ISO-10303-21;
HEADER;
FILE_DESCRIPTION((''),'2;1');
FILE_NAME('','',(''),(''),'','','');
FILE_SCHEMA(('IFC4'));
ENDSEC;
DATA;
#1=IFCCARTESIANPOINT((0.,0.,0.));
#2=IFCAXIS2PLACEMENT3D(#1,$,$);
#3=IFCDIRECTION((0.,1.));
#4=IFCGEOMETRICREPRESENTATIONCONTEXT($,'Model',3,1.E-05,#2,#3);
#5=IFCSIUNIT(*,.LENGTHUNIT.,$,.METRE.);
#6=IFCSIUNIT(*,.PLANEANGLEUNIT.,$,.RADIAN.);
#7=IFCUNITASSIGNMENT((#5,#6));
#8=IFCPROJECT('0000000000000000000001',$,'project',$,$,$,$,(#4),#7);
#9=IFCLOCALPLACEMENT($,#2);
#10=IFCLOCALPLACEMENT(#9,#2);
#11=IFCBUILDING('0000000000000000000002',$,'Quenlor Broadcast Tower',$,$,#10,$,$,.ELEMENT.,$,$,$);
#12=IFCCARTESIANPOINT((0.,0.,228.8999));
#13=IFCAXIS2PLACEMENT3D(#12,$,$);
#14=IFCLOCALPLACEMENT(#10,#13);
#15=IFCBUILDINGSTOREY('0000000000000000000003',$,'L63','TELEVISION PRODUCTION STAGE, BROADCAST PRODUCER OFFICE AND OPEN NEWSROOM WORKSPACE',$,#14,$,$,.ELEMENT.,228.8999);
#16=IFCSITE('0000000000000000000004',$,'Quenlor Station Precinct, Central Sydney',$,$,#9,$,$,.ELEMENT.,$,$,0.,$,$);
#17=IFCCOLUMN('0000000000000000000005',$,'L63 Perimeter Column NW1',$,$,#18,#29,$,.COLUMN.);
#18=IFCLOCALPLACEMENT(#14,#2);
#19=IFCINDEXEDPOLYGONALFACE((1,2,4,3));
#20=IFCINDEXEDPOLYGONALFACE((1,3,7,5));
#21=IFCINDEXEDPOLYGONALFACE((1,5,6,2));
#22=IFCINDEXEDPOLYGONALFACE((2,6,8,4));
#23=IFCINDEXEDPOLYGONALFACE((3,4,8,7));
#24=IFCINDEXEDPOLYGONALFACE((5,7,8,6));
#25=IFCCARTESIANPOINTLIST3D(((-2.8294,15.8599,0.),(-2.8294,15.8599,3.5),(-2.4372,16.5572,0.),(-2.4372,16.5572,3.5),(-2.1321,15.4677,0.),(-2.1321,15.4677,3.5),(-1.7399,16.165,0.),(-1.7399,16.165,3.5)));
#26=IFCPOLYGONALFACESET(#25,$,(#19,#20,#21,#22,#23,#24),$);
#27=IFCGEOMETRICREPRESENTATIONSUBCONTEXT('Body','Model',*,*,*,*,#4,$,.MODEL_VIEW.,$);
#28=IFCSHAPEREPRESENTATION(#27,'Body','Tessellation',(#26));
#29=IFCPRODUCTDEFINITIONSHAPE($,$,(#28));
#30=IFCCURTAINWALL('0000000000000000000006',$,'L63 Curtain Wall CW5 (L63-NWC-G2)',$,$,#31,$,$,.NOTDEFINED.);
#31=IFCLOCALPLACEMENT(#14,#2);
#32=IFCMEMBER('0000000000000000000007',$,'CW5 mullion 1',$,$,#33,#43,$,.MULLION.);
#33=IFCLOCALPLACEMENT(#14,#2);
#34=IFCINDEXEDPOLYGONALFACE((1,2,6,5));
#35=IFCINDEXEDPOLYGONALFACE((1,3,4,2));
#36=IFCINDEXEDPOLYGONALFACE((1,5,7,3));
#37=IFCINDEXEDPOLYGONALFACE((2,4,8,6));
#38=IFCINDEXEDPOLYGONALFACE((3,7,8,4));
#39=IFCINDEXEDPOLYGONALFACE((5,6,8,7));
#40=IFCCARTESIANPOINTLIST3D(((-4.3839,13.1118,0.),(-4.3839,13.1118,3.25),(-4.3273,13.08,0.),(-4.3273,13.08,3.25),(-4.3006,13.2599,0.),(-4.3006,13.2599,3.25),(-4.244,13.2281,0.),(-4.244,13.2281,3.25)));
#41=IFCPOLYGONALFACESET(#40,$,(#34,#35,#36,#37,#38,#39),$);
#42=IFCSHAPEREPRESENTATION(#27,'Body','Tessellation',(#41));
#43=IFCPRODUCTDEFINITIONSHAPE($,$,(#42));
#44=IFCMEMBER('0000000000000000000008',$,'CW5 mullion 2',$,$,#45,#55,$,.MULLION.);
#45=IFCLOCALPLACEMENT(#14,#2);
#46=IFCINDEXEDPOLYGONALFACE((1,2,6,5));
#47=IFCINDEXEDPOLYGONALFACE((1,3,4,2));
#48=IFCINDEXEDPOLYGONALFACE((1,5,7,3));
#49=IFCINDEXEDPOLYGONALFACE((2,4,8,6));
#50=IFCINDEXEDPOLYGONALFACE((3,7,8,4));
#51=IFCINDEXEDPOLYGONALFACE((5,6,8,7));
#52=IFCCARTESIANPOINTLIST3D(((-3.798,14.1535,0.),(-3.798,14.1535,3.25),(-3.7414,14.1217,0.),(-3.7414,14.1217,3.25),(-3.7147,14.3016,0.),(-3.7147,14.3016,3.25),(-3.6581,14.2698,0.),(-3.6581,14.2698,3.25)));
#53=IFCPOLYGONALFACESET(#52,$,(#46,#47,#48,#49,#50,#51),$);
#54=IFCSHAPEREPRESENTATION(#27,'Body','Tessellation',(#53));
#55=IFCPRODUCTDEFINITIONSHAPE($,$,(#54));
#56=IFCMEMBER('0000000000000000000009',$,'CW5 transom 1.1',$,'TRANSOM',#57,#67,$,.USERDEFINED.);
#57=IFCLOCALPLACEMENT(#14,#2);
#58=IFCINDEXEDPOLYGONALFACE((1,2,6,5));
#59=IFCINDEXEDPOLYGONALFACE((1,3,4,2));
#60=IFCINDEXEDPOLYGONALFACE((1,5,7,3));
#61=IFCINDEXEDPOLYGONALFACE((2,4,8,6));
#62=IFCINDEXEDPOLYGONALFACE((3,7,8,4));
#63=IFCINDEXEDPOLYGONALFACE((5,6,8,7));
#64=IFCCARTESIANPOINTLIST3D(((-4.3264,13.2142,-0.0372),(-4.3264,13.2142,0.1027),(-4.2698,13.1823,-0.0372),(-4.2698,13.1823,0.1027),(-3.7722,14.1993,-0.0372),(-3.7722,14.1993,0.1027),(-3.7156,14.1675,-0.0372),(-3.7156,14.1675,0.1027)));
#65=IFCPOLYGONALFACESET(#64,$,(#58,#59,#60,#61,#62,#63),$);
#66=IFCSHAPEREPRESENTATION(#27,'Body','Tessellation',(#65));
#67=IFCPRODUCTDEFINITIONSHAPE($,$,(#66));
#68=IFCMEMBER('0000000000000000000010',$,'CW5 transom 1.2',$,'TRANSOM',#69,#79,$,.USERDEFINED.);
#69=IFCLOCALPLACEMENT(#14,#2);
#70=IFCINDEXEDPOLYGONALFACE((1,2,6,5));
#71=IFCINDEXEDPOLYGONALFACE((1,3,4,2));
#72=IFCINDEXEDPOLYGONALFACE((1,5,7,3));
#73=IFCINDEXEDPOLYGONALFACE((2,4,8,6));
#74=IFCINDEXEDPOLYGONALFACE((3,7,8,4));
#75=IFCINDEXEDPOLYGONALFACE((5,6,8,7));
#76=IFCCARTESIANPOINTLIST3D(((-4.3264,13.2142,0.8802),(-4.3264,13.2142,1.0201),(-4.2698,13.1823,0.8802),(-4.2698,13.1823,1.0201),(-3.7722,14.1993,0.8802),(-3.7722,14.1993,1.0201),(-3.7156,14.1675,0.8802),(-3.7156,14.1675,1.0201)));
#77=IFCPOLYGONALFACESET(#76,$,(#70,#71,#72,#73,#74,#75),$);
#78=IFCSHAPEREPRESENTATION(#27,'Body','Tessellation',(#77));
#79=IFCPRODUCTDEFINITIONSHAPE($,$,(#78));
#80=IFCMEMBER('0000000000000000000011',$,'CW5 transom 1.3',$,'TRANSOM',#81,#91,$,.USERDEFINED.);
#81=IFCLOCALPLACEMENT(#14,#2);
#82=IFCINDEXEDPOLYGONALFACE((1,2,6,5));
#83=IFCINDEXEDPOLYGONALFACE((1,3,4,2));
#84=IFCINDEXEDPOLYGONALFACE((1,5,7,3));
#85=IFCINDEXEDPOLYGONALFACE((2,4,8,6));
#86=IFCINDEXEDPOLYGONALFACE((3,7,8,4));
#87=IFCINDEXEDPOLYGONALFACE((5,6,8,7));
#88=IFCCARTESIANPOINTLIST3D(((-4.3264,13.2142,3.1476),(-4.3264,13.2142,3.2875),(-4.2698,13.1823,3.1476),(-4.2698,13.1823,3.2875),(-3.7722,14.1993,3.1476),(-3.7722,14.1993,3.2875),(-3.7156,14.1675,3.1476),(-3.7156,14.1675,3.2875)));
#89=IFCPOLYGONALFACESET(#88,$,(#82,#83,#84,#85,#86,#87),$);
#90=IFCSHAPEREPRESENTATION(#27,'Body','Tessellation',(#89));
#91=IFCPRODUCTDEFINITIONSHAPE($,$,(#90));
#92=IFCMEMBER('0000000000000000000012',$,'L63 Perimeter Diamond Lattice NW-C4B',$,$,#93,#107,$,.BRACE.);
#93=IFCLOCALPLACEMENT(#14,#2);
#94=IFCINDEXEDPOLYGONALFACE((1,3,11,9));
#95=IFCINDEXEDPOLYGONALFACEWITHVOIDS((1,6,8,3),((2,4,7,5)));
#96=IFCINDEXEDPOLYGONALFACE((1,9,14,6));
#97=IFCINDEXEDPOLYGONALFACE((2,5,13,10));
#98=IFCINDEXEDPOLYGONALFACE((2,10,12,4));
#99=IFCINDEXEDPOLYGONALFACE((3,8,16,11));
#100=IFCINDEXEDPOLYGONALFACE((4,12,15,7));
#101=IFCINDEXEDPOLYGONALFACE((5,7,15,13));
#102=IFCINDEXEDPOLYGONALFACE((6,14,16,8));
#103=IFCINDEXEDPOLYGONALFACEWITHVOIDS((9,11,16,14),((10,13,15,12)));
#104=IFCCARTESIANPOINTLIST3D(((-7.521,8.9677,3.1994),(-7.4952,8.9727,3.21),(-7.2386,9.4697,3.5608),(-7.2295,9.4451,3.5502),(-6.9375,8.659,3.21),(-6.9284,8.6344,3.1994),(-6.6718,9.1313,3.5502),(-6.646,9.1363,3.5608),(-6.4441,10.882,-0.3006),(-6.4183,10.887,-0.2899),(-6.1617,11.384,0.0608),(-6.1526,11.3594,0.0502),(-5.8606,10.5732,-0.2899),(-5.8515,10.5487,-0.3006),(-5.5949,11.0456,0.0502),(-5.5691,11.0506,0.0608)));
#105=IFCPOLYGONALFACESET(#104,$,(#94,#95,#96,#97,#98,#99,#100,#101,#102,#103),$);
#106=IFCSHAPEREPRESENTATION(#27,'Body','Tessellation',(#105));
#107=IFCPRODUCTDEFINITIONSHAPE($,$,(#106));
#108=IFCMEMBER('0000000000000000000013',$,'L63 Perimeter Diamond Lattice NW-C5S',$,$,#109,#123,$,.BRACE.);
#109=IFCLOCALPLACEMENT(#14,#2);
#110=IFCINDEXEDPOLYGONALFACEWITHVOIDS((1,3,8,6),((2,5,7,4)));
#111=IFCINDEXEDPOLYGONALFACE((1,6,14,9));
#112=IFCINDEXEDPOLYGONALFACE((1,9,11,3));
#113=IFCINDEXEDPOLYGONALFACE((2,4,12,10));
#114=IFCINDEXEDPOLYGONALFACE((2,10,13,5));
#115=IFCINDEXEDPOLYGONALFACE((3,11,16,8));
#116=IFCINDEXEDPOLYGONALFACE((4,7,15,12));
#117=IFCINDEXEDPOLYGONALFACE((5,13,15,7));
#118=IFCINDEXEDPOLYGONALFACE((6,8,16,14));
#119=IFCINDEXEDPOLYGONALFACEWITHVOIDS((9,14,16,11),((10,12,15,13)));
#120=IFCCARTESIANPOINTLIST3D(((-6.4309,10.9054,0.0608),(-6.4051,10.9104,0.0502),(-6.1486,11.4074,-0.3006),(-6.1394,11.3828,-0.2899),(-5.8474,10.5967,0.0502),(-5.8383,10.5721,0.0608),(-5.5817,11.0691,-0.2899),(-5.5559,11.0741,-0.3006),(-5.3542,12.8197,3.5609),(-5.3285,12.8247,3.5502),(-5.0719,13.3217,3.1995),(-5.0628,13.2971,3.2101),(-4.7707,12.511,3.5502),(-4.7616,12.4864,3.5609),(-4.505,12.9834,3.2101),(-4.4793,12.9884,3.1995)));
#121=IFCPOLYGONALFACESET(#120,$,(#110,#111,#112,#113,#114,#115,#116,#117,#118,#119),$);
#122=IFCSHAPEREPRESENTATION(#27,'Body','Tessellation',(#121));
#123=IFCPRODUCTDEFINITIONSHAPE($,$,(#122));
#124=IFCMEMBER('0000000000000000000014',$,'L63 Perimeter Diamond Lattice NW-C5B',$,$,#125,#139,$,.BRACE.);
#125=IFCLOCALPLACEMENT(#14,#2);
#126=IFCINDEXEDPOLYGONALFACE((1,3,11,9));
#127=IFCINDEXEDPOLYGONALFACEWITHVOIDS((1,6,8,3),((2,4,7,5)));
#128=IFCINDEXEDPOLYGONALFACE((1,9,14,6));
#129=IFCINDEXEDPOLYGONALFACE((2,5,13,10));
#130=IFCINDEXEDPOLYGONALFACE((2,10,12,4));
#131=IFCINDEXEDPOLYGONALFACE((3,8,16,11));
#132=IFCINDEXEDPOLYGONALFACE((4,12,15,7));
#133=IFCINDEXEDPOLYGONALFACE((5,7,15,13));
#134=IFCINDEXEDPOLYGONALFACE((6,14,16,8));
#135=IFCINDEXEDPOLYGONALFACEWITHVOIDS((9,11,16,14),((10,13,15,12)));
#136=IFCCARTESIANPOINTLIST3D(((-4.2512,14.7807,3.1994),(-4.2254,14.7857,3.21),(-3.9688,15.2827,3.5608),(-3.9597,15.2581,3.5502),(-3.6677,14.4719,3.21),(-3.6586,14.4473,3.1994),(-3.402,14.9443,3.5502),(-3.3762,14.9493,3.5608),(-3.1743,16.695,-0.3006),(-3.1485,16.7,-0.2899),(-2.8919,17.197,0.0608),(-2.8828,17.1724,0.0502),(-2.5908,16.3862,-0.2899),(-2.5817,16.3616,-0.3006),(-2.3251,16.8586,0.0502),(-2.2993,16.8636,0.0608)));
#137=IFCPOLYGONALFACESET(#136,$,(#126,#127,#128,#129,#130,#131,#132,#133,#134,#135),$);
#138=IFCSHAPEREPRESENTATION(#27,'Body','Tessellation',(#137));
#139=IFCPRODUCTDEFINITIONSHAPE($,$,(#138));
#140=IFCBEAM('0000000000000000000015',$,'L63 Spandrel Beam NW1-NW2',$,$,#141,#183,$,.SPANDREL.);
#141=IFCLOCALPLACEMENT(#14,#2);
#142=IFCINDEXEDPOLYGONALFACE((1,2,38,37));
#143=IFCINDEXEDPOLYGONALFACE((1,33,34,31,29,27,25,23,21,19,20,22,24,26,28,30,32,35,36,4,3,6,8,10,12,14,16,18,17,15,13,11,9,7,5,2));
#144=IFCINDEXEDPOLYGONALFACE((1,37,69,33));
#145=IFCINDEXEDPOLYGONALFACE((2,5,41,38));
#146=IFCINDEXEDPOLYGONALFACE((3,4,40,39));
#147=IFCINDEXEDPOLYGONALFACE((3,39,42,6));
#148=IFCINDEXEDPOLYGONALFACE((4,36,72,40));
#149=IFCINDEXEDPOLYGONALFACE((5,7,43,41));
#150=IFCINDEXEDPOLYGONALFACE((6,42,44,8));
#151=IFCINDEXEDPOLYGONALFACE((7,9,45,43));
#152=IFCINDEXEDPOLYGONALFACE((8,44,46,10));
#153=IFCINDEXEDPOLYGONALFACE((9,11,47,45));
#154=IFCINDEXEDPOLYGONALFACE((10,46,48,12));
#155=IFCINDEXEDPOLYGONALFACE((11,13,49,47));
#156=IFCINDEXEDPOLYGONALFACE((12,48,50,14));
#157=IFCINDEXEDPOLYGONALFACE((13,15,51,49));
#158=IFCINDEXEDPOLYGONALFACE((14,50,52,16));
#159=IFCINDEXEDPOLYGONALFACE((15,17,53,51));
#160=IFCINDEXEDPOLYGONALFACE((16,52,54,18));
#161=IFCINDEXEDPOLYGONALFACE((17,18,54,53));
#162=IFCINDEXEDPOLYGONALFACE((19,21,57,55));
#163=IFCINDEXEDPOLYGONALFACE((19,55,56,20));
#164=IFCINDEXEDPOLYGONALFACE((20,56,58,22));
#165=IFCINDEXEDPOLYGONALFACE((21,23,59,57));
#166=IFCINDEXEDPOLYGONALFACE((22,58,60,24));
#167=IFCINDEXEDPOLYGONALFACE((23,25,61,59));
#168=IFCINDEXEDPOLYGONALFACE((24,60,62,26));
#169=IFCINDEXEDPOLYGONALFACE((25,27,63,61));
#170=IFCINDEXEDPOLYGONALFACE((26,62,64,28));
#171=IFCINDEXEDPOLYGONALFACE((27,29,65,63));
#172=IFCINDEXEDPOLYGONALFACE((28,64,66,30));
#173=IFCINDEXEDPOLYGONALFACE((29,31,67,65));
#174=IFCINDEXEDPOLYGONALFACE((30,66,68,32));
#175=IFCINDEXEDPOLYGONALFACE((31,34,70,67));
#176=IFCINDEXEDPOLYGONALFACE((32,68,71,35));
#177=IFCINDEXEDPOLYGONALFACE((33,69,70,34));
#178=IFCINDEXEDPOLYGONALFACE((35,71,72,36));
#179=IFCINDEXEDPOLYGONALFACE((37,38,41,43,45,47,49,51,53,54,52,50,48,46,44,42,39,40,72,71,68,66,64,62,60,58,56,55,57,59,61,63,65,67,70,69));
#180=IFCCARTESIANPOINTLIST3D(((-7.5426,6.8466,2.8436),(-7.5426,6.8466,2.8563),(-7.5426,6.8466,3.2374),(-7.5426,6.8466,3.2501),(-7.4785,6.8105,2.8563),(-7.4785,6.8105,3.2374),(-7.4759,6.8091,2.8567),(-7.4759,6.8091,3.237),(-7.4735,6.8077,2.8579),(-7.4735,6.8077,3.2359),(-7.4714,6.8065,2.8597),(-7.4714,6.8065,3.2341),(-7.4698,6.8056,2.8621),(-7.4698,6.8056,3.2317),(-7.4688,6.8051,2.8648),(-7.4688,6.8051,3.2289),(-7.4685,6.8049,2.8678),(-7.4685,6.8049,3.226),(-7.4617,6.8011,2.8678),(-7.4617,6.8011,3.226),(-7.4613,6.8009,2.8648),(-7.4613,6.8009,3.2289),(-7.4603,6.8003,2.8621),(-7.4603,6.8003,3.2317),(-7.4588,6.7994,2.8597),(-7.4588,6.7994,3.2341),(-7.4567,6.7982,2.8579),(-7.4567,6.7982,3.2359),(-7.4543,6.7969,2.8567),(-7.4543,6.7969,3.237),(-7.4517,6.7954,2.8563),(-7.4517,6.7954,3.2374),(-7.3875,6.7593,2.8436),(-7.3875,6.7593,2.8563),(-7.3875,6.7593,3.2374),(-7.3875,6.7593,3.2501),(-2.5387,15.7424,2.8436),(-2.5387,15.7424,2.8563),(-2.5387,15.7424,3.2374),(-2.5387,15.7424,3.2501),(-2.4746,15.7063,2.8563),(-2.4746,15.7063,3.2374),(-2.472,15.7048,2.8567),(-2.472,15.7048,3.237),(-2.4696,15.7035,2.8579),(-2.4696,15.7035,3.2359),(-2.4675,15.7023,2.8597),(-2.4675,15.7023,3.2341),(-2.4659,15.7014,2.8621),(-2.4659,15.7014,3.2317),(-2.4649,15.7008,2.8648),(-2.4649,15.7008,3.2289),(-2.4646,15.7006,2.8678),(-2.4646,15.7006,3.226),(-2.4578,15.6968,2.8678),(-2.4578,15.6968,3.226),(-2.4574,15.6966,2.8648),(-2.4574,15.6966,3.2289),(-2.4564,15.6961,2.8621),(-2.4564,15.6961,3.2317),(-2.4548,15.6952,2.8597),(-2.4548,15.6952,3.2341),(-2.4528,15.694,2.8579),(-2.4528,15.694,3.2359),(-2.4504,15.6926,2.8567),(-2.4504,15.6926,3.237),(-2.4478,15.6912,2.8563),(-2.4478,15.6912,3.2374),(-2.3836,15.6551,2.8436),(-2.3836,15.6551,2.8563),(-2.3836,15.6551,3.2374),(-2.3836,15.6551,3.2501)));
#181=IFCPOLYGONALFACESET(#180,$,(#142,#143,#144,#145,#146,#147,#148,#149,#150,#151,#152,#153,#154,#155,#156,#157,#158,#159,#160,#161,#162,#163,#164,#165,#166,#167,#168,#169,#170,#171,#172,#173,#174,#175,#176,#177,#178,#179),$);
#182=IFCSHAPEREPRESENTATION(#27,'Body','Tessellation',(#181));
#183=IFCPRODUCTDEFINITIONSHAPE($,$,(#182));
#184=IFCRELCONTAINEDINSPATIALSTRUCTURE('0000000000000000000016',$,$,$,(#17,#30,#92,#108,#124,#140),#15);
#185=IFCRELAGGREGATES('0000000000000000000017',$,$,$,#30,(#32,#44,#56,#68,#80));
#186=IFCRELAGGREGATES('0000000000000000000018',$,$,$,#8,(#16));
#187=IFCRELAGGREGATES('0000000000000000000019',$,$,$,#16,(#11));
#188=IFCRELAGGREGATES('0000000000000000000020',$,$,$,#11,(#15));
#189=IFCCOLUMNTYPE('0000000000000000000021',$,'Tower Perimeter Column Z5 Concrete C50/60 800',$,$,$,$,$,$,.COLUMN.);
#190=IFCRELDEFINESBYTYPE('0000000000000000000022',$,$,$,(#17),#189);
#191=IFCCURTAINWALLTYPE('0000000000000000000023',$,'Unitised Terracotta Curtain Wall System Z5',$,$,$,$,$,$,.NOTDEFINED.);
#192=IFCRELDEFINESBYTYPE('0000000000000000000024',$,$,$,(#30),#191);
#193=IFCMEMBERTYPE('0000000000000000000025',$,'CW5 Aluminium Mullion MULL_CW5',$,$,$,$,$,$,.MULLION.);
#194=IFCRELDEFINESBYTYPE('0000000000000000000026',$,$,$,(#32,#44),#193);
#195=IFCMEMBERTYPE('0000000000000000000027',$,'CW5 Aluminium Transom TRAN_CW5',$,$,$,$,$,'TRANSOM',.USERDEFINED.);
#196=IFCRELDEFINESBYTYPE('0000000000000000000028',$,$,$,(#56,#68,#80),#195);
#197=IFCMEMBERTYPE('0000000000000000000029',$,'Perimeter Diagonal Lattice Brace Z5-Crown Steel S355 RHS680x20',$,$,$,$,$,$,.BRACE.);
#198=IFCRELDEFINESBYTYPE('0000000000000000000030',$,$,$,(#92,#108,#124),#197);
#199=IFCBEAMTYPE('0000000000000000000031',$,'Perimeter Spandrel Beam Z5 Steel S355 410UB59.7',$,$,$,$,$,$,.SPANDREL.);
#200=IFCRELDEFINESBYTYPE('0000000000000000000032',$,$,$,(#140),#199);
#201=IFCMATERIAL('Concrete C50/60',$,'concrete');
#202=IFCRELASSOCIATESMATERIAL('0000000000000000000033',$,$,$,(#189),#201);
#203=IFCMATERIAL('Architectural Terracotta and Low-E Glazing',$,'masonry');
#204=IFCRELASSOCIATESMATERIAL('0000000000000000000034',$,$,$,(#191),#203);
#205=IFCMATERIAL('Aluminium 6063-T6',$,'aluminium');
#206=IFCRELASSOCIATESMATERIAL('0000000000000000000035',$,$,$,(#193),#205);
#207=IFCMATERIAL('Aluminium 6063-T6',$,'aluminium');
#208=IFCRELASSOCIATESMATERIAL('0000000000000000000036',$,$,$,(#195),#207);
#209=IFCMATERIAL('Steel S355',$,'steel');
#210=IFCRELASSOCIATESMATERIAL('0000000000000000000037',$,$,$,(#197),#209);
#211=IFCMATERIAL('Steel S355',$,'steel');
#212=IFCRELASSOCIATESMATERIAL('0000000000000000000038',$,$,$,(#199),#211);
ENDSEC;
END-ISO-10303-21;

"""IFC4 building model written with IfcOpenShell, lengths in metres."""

from ifc_helpers import new_model, si_unit, direction, frame, origin, origin_2d, place, context, subcontext, project, spatial, rectangle, hollow_rectangle, i_section, extrude, material, material_profile, profile_set, type_object, element, aggregate, save


model = new_model("IFC4")

# Units and contexts
model_context = context("Model", 3, precision=1e-05, world=origin(), true_north=direction((0.0, 1.0)))
body_context = subcontext(model_context, "Body", "Model", "MODEL_VIEW")
ifc_project = project(units=[si_unit("LENGTHUNIT", "METRE"), si_unit("PLANEANGLEUNIT", "RADIAN")], contexts=[model_context])

# Site, building, storey
site_placement = place(None, origin())
site = spatial("IfcSite", under=ifc_project, at=site_placement, Name="Quenlor Station Precinct, Central Sydney", CompositionType="ELEMENT", RefElevation=0.0)
building_placement = place(site_placement, origin())
building = spatial("IfcBuilding", under=site, at=building_placement, Name="Quenlor Broadcast Tower", CompositionType="ELEMENT")
storey_placement = place(building_placement, frame((0.0, 0.0, 228.8999)))
storey = spatial("IfcBuildingStorey", under=building, at=storey_placement, Name="L63", Description="TELEVISION PRODUCTION STAGE, BROADCAST PRODUCER OFFICE AND OPEN NEWSROOM WORKSPACE", CompositionType="ELEMENT", Elevation=228.8999)

# Column
ifc_material_1 = material(Name="Concrete C50/60", Category="concrete")
ifc_material_profile_1 = material_profile(ifc_material_1, rectangle(XDim=0.8, YDim=0.8, at=origin_2d()))
ifc_profile_set_1 = profile_set([ifc_material_profile_1], Name="Concrete C50/60 RC800x800")
column_type = type_object("IfcColumnType", Name="Tower Perimeter Column Z5 Concrete C50/60 800", PredefinedType="COLUMN", material=ifc_profile_set_1)
column_placement = place(storey_placement, frame((-2.2847, 16.0125, 0.0), z_axis=(0.0, 0.0, 1.0), x_axis=(-0.871575, 0.490262, 0.0)))
element("IfcColumn", 1, at=column_placement, inside=storey, type_object=column_type, Name="L63 Perimeter Column NW1", PredefinedType="COLUMN", context=body_context, shape_type="SweptSolid", body=[
    extrude(rectangle(XDim=0.8, YDim=0.8, at=origin_2d()), origin(), (0.0, 0.0, 1.0), 3.5),
])

# Curtain wall, members
ifc_material_2 = material(Name="Architectural Terracotta and Low-E Glazing", Category="masonry")
curtain_wall_type = type_object("IfcCurtainWallType", Name="Unitised Terracotta Curtain Wall System Z5", PredefinedType="NOTDEFINED", material=ifc_material_2)
curtain_wall_placement = place(storey_placement, origin())
curtain_wall = element("IfcCurtainWall", 2, at=curtain_wall_placement, inside=storey, type_object=curtain_wall_type, Name="L63 Curtain Wall CW5 (L63-NWC-G2)", PredefinedType="NOTDEFINED")
ifc_material_3 = material(Name="Aluminium 6063-T6", Category="aluminium")
ifc_material_profile_2 = material_profile(ifc_material_3, rectangle(XDim=0.0649, YDim=0.1699, at=origin_2d()))
ifc_profile_set_2 = profile_set([ifc_material_profile_2], Name="Aluminium 6063-T6 MULL65x170")
member_type_1 = type_object("IfcMemberType", Name="CW5 Aluminium Mullion MULL_CW5", PredefinedType="MULLION", material=ifc_profile_set_2)
member_1_placement = place(storey_placement, frame((-4.314, 13.1699, 0.0), z_axis=(0.0, 0.0, 1.0), x_axis=(-0.871559, 0.490291, 0.0)))
member_1 = element("IfcMember", 3, at=member_1_placement, type_object=member_type_1, Name="CW5 mullion 1", PredefinedType="MULLION", context=body_context, shape_type="SweptSolid", body=[
    extrude(rectangle(XDim=0.0649, YDim=0.1699, at=origin_2d()), origin(), (0.0, 0.0, 1.0), 3.25),
])
member_2_placement = place(storey_placement, frame((-3.728, 14.2117, 0.0), z_axis=(0.0, 0.0, 1.0), x_axis=(-0.871559, 0.490291, 0.0)))
member_2 = element("IfcMember", 4, at=member_2_placement, type_object=member_type_1, Name="CW5 mullion 2", PredefinedType="MULLION", context=body_context, shape_type="SweptSolid", body=[
    extrude(rectangle(XDim=0.0649, YDim=0.1699, at=origin_2d()), origin(), (0.0, 0.0, 1.0), 3.25),
])
ifc_material_4 = material(Name="Aluminium 6063-T6", Category="aluminium")
ifc_material_profile_3 = material_profile(ifc_material_4, rectangle(XDim=0.0649, YDim=0.1399, at=origin_2d()))
ifc_profile_set_3 = profile_set([ifc_material_profile_3], Name="Aluminium 6063-T6 TRAN65x140")
member_type_2 = type_object("IfcMemberType", Name="CW5 Aluminium Transom TRAN_CW5", ElementType="TRANSOM", PredefinedType="USERDEFINED", material=ifc_profile_set_3)
member_3_placement = place(storey_placement, frame((-4.2981, 13.1982, 0.0327), z_axis=(0.490313, 0.871547, 0.0), x_axis=(-0.871547, 0.490313, 0.0)))
member_3 = element("IfcMember", 5, at=member_3_placement, type_object=member_type_2, Name="CW5 transom 1.1", ObjectType="TRANSOM", PredefinedType="USERDEFINED", context=body_context, shape_type="SweptSolid", body=[
    extrude(rectangle(XDim=0.0649, YDim=0.1399, at=origin_2d()), origin(), (0.0, 0.0, 1.0), 1.1304),
])
member_4_placement = place(storey_placement, frame((-4.2981, 13.1982, 0.9502), z_axis=(0.490313, 0.871547, 0.0), x_axis=(-0.871547, 0.490313, 0.0)))
member_4 = element("IfcMember", 6, at=member_4_placement, type_object=member_type_2, Name="CW5 transom 1.2", ObjectType="TRANSOM", PredefinedType="USERDEFINED", context=body_context, shape_type="SweptSolid", body=[
    extrude(rectangle(XDim=0.0649, YDim=0.1399, at=origin_2d()), origin(), (0.0, 0.0, 1.0), 1.1304),
])
member_5_placement = place(storey_placement, frame((-4.2981, 13.1982, 3.2175), z_axis=(0.490313, 0.871547, 0.0), x_axis=(-0.871547, 0.490313, 0.0)))
member_5 = element("IfcMember", 7, at=member_5_placement, type_object=member_type_2, Name="CW5 transom 1.3", ObjectType="TRANSOM", PredefinedType="USERDEFINED", context=body_context, shape_type="SweptSolid", body=[
    extrude(rectangle(XDim=0.0649, YDim=0.1399, at=origin_2d()), origin(), (0.0, 0.0, 1.0), 1.1304),
])

# Members
ifc_material_5 = material(Name="Steel S355", Category="steel")
ifc_material_profile_4 = material_profile(ifc_material_5, hollow_rectangle(XDim=0.6799, YDim=0.6799, WallThickness=0.02, at=origin_2d()))
ifc_profile_set_4 = profile_set([ifc_material_profile_4], Name="Steel S355 RHS680x680x20")
member_type_3 = type_object("IfcMemberType", Name="Perimeter Diagonal Lattice Brace Z5-Crown Steel S355 RHS680x20", PredefinedType="BRACE", material=ifc_profile_set_4)
for number, where, z_axis, x_axis, name in (
    (8, (-6.0066, 10.9663, -0.1199), (-0.260619, -0.463276, 0.847026), (0.871555, -0.490298, 0.0), "L63 Perimeter Diamond Lattice NW-C4B"),
    (9, (-5.9934, 10.9897, -0.1199), (0.260564, 0.463283, 0.847039), (-0.871602, 0.490214, 0.0), "L63 Perimeter Diamond Lattice NW-C5S"),
    (10, (-2.7368, 16.7793, -0.1199), (-0.260619, -0.463276, 0.847026), (0.871555, -0.490298, 0.0), "L63 Perimeter Diamond Lattice NW-C5B"),
):
    element("IfcMember", number, at=place(storey_placement, frame(where, z_axis=z_axis, x_axis=x_axis)), inside=storey, type_object=member_type_3, Name=name, PredefinedType="BRACE", context=body_context, shape_type="SweptSolid", body=[
        extrude(hollow_rectangle(XDim=0.6799, YDim=0.6799, WallThickness=0.02, at=origin_2d()), origin(), (0.0, 0.0, 1.0), 4.1321),
    ])

# Beam
ifc_material_6 = material(Name="Steel S355", Category="steel")
ifc_material_profile_5 = material_profile(ifc_material_6, i_section(OverallWidth=0.178, OverallDepth=0.4065, WebThickness=0.0078, FlangeThickness=0.0127, FilletRadius=0.0115, at=origin_2d()))
ifc_profile_set_5 = profile_set([ifc_material_profile_5], Name="Steel S355 410UB59.7")
beam_type_1 = type_object("IfcBeamType", Name="Perimeter Spandrel Beam Z5 Steel S355 410UB59.7", PredefinedType="SPANDREL", material=ifc_profile_set_5)
beam_1_placement = place(storey_placement, frame((-2.4612, 15.6987, 3.0469), z_axis=(-0.490265, -0.871574, 0.0), x_axis=(0.871574, -0.490265, 0.0)))
element("IfcBeam", 11, at=beam_1_placement, inside=storey, type_object=beam_type_1, Name="L63 Spandrel Beam NW1-NW2", PredefinedType="SPANDREL", context=body_context, shape_type="SweptSolid", body=[
    extrude(i_section(OverallWidth=0.178, OverallDepth=0.4065, WebThickness=0.0078, FlangeThickness=0.0127, FilletRadius=0.0115, at=origin_2d()), origin(), (0.0, 0.0, 1.0), 10.2065),
])

aggregate(curtain_wall, [member_1, member_2, member_3, member_4, member_5])

save(model, "model.ifc")
